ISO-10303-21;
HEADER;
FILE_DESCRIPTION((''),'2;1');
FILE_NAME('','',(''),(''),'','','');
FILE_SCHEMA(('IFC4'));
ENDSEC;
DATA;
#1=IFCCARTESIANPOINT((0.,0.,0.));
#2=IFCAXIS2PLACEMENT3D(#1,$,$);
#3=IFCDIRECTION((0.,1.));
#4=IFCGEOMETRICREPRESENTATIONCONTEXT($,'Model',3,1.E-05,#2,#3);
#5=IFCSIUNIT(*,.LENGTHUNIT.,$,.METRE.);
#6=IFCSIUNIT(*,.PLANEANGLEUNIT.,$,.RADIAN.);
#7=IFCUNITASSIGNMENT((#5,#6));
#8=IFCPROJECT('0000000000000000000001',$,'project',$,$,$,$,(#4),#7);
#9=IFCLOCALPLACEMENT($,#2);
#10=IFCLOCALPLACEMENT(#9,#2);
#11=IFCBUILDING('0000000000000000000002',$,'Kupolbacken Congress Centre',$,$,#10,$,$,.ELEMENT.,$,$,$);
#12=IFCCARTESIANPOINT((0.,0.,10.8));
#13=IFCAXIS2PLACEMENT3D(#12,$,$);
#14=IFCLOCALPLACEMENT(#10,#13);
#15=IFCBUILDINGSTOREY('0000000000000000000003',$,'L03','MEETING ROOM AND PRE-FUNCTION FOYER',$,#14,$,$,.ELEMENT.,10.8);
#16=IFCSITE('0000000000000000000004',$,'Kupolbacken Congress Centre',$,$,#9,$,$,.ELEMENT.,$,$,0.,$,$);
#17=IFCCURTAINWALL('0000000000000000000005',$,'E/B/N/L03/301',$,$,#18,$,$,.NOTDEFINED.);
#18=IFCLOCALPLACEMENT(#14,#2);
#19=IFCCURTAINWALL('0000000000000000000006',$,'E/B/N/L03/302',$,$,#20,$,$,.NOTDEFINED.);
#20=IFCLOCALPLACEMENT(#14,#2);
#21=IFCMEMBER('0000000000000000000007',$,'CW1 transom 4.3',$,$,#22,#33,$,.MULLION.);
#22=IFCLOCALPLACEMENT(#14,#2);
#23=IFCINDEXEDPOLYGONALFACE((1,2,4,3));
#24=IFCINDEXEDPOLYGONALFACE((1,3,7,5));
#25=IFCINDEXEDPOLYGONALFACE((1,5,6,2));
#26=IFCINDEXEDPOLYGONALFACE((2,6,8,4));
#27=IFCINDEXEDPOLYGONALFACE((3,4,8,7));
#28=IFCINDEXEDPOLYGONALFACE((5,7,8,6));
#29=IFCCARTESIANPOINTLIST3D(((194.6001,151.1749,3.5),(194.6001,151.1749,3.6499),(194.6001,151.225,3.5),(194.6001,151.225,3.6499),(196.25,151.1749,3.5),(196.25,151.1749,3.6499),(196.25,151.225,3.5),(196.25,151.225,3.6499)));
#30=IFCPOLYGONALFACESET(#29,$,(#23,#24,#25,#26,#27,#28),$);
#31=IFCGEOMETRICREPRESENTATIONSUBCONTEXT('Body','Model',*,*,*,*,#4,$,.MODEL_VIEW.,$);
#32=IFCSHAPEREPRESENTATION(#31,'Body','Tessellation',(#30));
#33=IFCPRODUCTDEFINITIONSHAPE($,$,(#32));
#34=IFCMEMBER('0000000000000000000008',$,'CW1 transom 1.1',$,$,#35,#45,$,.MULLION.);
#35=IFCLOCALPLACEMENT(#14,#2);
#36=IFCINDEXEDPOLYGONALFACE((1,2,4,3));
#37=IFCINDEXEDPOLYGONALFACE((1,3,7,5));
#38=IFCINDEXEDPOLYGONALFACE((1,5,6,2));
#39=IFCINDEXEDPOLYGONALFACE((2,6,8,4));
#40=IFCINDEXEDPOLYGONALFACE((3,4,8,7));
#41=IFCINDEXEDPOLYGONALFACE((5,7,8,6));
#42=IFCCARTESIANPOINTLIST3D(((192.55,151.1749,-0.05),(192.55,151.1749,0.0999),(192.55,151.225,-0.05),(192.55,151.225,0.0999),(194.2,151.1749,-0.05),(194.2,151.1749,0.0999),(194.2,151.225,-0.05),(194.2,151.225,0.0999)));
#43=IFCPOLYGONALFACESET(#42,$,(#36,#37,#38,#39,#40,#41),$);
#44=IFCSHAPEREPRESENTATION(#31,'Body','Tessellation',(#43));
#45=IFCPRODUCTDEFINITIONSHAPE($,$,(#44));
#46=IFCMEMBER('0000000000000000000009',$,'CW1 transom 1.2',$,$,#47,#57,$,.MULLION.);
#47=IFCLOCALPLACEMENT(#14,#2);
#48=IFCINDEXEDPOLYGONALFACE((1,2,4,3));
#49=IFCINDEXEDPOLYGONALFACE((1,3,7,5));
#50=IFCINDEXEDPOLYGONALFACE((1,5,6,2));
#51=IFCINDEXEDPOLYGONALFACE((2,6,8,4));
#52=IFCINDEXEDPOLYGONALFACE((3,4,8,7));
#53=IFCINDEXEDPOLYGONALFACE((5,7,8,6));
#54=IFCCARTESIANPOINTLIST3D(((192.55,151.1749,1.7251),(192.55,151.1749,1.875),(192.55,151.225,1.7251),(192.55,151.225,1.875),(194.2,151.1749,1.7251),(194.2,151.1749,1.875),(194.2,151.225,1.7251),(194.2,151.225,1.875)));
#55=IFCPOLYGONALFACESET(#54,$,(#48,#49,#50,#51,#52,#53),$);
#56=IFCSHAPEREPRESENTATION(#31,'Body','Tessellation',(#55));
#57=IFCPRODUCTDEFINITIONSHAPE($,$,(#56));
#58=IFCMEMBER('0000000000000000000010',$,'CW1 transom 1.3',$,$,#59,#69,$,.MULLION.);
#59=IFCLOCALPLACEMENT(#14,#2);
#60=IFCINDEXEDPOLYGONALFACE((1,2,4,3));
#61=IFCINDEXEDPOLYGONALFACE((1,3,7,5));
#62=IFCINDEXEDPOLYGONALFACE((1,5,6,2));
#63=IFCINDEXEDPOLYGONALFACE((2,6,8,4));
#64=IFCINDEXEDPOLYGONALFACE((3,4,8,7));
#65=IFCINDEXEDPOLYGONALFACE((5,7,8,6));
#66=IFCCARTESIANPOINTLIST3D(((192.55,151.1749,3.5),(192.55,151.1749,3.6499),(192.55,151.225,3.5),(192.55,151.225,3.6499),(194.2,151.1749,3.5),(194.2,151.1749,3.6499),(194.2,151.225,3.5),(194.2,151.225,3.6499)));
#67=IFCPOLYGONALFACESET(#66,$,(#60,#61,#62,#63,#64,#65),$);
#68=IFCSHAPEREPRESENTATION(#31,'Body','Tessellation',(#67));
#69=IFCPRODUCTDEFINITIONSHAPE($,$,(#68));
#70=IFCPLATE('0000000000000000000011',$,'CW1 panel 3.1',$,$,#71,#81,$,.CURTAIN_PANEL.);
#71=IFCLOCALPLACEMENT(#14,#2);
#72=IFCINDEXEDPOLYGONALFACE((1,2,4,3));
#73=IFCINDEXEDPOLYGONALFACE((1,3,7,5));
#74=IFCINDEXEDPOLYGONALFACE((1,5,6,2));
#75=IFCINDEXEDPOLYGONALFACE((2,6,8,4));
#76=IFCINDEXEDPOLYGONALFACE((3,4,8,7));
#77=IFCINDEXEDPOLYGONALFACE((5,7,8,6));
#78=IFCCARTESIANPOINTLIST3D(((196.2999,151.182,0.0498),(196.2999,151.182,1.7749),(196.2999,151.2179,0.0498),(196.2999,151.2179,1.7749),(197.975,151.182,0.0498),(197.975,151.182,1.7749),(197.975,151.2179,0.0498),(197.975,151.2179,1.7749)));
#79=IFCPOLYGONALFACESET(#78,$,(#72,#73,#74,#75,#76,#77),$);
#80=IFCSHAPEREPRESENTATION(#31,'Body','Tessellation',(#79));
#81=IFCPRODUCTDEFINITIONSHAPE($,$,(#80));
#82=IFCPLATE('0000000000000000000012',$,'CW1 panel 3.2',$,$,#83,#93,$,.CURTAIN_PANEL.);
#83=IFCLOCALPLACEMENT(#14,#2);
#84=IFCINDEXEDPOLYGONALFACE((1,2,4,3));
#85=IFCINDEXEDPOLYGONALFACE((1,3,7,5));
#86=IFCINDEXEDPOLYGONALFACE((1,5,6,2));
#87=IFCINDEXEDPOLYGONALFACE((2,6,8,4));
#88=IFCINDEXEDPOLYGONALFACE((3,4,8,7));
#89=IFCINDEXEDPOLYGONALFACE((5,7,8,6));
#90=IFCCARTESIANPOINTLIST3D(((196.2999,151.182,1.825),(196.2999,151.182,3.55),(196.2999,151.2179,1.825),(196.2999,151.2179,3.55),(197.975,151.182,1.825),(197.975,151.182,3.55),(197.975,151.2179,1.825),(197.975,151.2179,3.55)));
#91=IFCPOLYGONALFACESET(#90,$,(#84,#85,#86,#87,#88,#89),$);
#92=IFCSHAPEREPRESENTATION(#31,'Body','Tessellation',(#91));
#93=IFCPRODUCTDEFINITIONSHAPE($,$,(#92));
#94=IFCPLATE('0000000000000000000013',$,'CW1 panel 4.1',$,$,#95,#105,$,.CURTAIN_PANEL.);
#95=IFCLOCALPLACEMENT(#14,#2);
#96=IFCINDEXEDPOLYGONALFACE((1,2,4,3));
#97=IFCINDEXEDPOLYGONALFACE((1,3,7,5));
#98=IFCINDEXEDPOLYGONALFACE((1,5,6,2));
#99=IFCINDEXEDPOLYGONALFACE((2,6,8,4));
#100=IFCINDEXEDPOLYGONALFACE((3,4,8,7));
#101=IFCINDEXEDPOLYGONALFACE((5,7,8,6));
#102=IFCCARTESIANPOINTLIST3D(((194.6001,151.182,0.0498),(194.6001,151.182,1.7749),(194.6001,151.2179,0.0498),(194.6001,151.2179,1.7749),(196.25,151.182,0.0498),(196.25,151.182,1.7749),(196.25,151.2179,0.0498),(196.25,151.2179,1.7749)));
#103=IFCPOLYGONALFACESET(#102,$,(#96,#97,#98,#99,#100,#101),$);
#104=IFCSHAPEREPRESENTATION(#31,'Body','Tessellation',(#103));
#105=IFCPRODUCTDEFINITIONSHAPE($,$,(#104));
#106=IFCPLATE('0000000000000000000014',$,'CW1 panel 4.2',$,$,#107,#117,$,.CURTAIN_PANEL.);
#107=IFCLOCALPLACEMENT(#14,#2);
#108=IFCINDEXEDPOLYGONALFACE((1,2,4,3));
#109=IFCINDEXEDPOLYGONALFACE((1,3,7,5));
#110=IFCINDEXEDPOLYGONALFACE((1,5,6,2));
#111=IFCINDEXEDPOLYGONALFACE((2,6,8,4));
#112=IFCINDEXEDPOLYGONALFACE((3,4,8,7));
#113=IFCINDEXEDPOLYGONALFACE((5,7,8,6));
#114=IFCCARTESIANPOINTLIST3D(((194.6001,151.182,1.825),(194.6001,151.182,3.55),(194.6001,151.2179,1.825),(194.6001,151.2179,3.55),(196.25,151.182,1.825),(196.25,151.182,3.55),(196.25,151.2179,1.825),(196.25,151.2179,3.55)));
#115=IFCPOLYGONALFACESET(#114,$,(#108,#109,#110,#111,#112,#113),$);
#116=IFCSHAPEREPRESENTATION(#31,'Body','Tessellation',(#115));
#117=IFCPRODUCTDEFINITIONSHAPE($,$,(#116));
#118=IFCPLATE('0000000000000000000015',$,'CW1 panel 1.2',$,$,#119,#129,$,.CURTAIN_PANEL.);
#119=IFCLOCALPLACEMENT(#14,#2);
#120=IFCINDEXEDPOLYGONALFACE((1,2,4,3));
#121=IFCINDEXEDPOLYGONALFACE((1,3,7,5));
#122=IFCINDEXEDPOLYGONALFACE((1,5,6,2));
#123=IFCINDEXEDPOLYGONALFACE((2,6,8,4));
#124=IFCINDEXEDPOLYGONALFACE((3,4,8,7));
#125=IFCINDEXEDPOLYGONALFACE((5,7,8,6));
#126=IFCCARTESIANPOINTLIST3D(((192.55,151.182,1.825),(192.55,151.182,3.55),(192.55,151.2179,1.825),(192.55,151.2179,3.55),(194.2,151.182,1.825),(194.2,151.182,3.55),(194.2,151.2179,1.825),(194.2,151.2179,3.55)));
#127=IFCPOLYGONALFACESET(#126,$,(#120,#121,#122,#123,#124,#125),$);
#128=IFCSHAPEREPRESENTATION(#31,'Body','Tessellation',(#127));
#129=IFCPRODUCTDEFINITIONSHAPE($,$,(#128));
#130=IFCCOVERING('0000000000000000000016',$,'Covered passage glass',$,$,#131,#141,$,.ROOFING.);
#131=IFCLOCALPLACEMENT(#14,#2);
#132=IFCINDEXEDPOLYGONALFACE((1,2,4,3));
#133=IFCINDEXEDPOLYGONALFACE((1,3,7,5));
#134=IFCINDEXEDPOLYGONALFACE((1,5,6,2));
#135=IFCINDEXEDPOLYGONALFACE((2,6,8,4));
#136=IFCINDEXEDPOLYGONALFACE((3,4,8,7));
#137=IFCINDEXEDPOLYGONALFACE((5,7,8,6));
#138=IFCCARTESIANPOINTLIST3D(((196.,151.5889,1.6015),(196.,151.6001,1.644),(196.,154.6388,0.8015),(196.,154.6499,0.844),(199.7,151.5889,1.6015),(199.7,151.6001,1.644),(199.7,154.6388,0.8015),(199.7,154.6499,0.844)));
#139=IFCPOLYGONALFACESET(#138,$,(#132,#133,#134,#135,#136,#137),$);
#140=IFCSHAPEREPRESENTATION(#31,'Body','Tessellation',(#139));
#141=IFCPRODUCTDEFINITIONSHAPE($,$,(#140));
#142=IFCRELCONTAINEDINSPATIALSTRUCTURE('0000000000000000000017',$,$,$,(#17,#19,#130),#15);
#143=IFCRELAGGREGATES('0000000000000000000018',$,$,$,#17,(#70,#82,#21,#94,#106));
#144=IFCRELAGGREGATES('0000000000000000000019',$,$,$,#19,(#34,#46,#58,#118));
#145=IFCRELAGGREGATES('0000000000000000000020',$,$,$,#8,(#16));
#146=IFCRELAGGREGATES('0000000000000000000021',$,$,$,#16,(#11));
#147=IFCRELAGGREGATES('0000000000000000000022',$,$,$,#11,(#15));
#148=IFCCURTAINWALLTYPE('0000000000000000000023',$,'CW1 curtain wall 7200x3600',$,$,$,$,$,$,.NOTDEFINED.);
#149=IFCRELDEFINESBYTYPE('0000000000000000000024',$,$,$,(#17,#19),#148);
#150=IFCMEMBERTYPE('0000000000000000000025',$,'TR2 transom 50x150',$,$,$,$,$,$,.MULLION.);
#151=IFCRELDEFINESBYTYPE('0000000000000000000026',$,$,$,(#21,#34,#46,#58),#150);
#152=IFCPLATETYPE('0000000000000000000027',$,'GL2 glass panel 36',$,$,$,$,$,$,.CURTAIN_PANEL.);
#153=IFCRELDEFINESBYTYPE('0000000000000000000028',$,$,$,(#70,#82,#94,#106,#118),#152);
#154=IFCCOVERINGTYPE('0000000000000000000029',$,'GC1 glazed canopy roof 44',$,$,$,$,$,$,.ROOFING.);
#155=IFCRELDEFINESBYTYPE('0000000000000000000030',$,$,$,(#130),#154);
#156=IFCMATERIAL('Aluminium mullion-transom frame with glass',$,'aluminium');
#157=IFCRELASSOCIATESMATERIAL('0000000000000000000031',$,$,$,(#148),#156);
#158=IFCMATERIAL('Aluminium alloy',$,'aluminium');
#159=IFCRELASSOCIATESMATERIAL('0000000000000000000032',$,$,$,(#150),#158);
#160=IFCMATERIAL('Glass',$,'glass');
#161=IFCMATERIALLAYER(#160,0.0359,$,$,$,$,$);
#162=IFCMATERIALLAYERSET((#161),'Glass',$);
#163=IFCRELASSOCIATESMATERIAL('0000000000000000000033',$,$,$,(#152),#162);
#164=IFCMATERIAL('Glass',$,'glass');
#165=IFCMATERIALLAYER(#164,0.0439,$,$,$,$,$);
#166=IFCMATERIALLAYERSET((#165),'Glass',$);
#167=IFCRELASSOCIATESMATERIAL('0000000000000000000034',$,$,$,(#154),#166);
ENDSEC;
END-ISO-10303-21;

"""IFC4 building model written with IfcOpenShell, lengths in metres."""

from ifc_helpers import new_model, si_unit, direction, frame, origin, origin_2d, place, context, subcontext, project, spatial, polyline, rectangle, outline, extrude, material, layer, layer_set, material_profile, profile_set, type_object, element, aggregate, save


model = new_model("IFC4")

# Units and contexts
model_context = context("Model", 3, precision=1e-05, world=origin(), true_north=direction((0.0, 1.0)))
body_context = subcontext(model_context, "Body", "Model", "MODEL_VIEW")
ifc_project = project(units=[si_unit("LENGTHUNIT", "METRE"), si_unit("PLANEANGLEUNIT", "RADIAN")], contexts=[model_context])

# Site, building, storey
site_placement = place(None, origin())
site = spatial("IfcSite", under=ifc_project, at=site_placement, Name="Kupolbacken Congress Centre", CompositionType="ELEMENT", RefElevation=0.0)
building_placement = place(site_placement, origin())
building = spatial("IfcBuilding", under=site, at=building_placement, Name="Kupolbacken Congress Centre", CompositionType="ELEMENT")
storey_placement = place(building_placement, frame((0.0, 0.0, 10.8)))
storey = spatial("IfcBuildingStorey", under=building, at=storey_placement, Name="L03", Description="MEETING ROOM AND PRE-FUNCTION FOYER", CompositionType="ELEMENT", Elevation=10.8)

# Curtain wall
ifc_material_1 = material(Name="Aluminium mullion-transom frame with glass", Category="aluminium")
curtain_wall_type = type_object("IfcCurtainWallType", Name="CW1 curtain wall 7200x3600", PredefinedType="NOTDEFINED", material=ifc_material_1)
curtain_wall_1_placement = place(storey_placement, origin())
curtain_wall_1 = element("IfcCurtainWall", 1, at=curtain_wall_1_placement, inside=storey, type_object=curtain_wall_type, Name="E/B/N/L03/301", PredefinedType="NOTDEFINED")

# Curtain wall
curtain_wall_2_placement = place(storey_placement, origin())
curtain_wall_2 = element("IfcCurtainWall", 2, at=curtain_wall_2_placement, inside=storey, type_object=curtain_wall_type, Name="E/B/N/L03/302", PredefinedType="NOTDEFINED")

# Members
ifc_material_2 = material(Name="Aluminium alloy", Category="aluminium")
ifc_material_profile_1 = material_profile(ifc_material_2, rectangle(XDim=0.05, YDim=0.1499, at=origin_2d()), Name="50 x 150")
ifc_profile_set_1 = profile_set([ifc_material_profile_1], Name="Aluminium alloy")
member_type_1 = type_object("IfcMemberType", Name="TR2 transom 50x150", PredefinedType="MULLION", material=ifc_profile_set_1)
member_1_placement = place(storey_placement, frame((196.25, 151.2, 3.575), z_axis=(-1.0, 0.0, 0.0), x_axis=(0.0, -1.0, 0.0)))
member_1 = element("IfcMember", 3, at=member_1_placement, type_object=member_type_1, Name="CW1 transom 4.3", PredefinedType="MULLION", context=body_context, shape_type="SweptSolid", body=[
    extrude(rectangle(XDim=0.05, YDim=0.1499, at=origin_2d()), origin(), (0.0, 0.0, 1.0), 1.6499),
])
member_2_placement = place(storey_placement, frame((194.2, 151.2, 0.0249), z_axis=(-1.0, 0.0, 0.0), x_axis=(0.0, -1.0, 0.0)))
member_2 = element("IfcMember", 4, at=member_2_placement, type_object=member_type_1, Name="CW1 transom 1.1", PredefinedType="MULLION", context=body_context, shape_type="SweptSolid", body=[
    extrude(rectangle(XDim=0.05, YDim=0.1499, at=origin_2d()), origin(), (0.0, 0.0, 1.0), 1.6499),
])
member_3_placement = place(storey_placement, frame((194.2, 151.2, 1.8), z_axis=(-1.0, 0.0, 0.0), x_axis=(0.0, -1.0, 0.0)))
member_3 = element("IfcMember", 5, at=member_3_placement, type_object=member_type_1, Name="CW1 transom 1.2", PredefinedType="MULLION", context=body_context, shape_type="SweptSolid", body=[
    extrude(rectangle(XDim=0.05, YDim=0.1499, at=origin_2d()), origin(), (0.0, 0.0, 1.0), 1.6499),
])
member_4_placement = place(storey_placement, frame((194.2, 151.2, 3.575), z_axis=(-1.0, 0.0, 0.0), x_axis=(0.0, -1.0, 0.0)))
member_4 = element("IfcMember", 6, at=member_4_placement, type_object=member_type_1, Name="CW1 transom 1.3", PredefinedType="MULLION", context=body_context, shape_type="SweptSolid", body=[
    extrude(rectangle(XDim=0.05, YDim=0.1499, at=origin_2d()), origin(), (0.0, 0.0, 1.0), 1.6499),
])

# Plates
ifc_material_3 = material(Name="Glass", Category="glass")
ifc_layer_1 = layer(ifc_material_3, 0.0359)
ifc_layer_set_1 = layer_set([ifc_layer_1], Name="Glass")
plate_type = type_object("IfcPlateType", Name="GL2 glass panel 36", PredefinedType="CURTAIN_PANEL", material=ifc_layer_set_1)
plate_1_placement = place(storey_placement, frame((197.1375, 151.2, 0.0498), z_axis=(0.0, 0.0, 1.0), x_axis=(-1.0, 0.0, 0.0)))
plate_1 = element("IfcPlate", 7, at=plate_1_placement, type_object=plate_type, Name="CW1 panel 3.1", PredefinedType="CURTAIN_PANEL", context=body_context, shape_type="SweptSolid", body=[
    extrude(rectangle(XDim=1.675, YDim=0.0359, at=origin_2d()), origin(), (0.0, 0.0, 1.0), 1.7251),
])
plate_2_placement = place(storey_placement, frame((197.1375, 151.2, 1.825), z_axis=(0.0, 0.0, 1.0), x_axis=(-1.0, 0.0, 0.0)))
plate_2 = element("IfcPlate", 8, at=plate_2_placement, type_object=plate_type, Name="CW1 panel 3.2", PredefinedType="CURTAIN_PANEL", context=body_context, shape_type="SweptSolid", body=[
    extrude(rectangle(XDim=1.675, YDim=0.0359, at=origin_2d()), origin(), (0.0, 0.0, 1.0), 1.7251),
])
plate_3_placement = place(storey_placement, frame((195.425, 151.2, 0.0498), z_axis=(0.0, 0.0, 1.0), x_axis=(-1.0, 0.0, 0.0)))
plate_3 = element("IfcPlate", 9, at=plate_3_placement, type_object=plate_type, Name="CW1 panel 4.1", PredefinedType="CURTAIN_PANEL", context=body_context, shape_type="SweptSolid", body=[
    extrude(rectangle(XDim=1.6499, YDim=0.0359, at=origin_2d()), origin(), (0.0, 0.0, 1.0), 1.7251),
])
plate_4_placement = place(storey_placement, frame((195.425, 151.2, 1.825), z_axis=(0.0, 0.0, 1.0), x_axis=(-1.0, 0.0, 0.0)))
plate_4 = element("IfcPlate", 10, at=plate_4_placement, type_object=plate_type, Name="CW1 panel 4.2", PredefinedType="CURTAIN_PANEL", context=body_context, shape_type="SweptSolid", body=[
    extrude(rectangle(XDim=1.6499, YDim=0.0359, at=origin_2d()), origin(), (0.0, 0.0, 1.0), 1.7251),
])
aggregate(curtain_wall_1, [plate_1, plate_2, member_1, plate_3, plate_4])
plate_5_placement = place(storey_placement, frame((193.375, 151.2, 1.825), z_axis=(0.0, 0.0, 1.0), x_axis=(-1.0, 0.0, 0.0)))
plate_5 = element("IfcPlate", 11, at=plate_5_placement, type_object=plate_type, Name="CW1 panel 1.2", PredefinedType="CURTAIN_PANEL", context=body_context, shape_type="SweptSolid", body=[
    extrude(rectangle(XDim=1.6499, YDim=0.0359, at=origin_2d()), origin(), (0.0, 0.0, 1.0), 1.7251),
])
aggregate(curtain_wall_2, [member_2, member_3, member_4, plate_5])

# Covering
ifc_material_4 = material(Name="Glass", Category="glass")
ifc_layer_2 = layer(ifc_material_4, 0.0439)
ifc_layer_set_2 = layer_set([ifc_layer_2], Name="Glass")
covering_type = type_object("IfcCoveringType", Name="GC1 glazed canopy roof 44", PredefinedType="ROOFING", material=ifc_layer_set_2)
covering_placement = place(storey_placement, frame((196.0, 151.6001, 1.644), z_axis=(0.0, 0.253742, 0.967272), x_axis=(1.0, 0.0, 0.0)))
element("IfcCovering", 12, at=covering_placement, inside=storey, type_object=covering_type, Name="Covered passage glass", PredefinedType="ROOFING", context=body_context, shape_type="SweptSolid", body=[
    extrude(outline(polyline([(0.0, 0.0), (3.7, 0.0), (3.7, 3.153), (0.0, 3.153), (0.0, 0.0)])), origin(), (0.0, 0.0, -1.0), 0.0439),
])

save(model, "model.ifc")
